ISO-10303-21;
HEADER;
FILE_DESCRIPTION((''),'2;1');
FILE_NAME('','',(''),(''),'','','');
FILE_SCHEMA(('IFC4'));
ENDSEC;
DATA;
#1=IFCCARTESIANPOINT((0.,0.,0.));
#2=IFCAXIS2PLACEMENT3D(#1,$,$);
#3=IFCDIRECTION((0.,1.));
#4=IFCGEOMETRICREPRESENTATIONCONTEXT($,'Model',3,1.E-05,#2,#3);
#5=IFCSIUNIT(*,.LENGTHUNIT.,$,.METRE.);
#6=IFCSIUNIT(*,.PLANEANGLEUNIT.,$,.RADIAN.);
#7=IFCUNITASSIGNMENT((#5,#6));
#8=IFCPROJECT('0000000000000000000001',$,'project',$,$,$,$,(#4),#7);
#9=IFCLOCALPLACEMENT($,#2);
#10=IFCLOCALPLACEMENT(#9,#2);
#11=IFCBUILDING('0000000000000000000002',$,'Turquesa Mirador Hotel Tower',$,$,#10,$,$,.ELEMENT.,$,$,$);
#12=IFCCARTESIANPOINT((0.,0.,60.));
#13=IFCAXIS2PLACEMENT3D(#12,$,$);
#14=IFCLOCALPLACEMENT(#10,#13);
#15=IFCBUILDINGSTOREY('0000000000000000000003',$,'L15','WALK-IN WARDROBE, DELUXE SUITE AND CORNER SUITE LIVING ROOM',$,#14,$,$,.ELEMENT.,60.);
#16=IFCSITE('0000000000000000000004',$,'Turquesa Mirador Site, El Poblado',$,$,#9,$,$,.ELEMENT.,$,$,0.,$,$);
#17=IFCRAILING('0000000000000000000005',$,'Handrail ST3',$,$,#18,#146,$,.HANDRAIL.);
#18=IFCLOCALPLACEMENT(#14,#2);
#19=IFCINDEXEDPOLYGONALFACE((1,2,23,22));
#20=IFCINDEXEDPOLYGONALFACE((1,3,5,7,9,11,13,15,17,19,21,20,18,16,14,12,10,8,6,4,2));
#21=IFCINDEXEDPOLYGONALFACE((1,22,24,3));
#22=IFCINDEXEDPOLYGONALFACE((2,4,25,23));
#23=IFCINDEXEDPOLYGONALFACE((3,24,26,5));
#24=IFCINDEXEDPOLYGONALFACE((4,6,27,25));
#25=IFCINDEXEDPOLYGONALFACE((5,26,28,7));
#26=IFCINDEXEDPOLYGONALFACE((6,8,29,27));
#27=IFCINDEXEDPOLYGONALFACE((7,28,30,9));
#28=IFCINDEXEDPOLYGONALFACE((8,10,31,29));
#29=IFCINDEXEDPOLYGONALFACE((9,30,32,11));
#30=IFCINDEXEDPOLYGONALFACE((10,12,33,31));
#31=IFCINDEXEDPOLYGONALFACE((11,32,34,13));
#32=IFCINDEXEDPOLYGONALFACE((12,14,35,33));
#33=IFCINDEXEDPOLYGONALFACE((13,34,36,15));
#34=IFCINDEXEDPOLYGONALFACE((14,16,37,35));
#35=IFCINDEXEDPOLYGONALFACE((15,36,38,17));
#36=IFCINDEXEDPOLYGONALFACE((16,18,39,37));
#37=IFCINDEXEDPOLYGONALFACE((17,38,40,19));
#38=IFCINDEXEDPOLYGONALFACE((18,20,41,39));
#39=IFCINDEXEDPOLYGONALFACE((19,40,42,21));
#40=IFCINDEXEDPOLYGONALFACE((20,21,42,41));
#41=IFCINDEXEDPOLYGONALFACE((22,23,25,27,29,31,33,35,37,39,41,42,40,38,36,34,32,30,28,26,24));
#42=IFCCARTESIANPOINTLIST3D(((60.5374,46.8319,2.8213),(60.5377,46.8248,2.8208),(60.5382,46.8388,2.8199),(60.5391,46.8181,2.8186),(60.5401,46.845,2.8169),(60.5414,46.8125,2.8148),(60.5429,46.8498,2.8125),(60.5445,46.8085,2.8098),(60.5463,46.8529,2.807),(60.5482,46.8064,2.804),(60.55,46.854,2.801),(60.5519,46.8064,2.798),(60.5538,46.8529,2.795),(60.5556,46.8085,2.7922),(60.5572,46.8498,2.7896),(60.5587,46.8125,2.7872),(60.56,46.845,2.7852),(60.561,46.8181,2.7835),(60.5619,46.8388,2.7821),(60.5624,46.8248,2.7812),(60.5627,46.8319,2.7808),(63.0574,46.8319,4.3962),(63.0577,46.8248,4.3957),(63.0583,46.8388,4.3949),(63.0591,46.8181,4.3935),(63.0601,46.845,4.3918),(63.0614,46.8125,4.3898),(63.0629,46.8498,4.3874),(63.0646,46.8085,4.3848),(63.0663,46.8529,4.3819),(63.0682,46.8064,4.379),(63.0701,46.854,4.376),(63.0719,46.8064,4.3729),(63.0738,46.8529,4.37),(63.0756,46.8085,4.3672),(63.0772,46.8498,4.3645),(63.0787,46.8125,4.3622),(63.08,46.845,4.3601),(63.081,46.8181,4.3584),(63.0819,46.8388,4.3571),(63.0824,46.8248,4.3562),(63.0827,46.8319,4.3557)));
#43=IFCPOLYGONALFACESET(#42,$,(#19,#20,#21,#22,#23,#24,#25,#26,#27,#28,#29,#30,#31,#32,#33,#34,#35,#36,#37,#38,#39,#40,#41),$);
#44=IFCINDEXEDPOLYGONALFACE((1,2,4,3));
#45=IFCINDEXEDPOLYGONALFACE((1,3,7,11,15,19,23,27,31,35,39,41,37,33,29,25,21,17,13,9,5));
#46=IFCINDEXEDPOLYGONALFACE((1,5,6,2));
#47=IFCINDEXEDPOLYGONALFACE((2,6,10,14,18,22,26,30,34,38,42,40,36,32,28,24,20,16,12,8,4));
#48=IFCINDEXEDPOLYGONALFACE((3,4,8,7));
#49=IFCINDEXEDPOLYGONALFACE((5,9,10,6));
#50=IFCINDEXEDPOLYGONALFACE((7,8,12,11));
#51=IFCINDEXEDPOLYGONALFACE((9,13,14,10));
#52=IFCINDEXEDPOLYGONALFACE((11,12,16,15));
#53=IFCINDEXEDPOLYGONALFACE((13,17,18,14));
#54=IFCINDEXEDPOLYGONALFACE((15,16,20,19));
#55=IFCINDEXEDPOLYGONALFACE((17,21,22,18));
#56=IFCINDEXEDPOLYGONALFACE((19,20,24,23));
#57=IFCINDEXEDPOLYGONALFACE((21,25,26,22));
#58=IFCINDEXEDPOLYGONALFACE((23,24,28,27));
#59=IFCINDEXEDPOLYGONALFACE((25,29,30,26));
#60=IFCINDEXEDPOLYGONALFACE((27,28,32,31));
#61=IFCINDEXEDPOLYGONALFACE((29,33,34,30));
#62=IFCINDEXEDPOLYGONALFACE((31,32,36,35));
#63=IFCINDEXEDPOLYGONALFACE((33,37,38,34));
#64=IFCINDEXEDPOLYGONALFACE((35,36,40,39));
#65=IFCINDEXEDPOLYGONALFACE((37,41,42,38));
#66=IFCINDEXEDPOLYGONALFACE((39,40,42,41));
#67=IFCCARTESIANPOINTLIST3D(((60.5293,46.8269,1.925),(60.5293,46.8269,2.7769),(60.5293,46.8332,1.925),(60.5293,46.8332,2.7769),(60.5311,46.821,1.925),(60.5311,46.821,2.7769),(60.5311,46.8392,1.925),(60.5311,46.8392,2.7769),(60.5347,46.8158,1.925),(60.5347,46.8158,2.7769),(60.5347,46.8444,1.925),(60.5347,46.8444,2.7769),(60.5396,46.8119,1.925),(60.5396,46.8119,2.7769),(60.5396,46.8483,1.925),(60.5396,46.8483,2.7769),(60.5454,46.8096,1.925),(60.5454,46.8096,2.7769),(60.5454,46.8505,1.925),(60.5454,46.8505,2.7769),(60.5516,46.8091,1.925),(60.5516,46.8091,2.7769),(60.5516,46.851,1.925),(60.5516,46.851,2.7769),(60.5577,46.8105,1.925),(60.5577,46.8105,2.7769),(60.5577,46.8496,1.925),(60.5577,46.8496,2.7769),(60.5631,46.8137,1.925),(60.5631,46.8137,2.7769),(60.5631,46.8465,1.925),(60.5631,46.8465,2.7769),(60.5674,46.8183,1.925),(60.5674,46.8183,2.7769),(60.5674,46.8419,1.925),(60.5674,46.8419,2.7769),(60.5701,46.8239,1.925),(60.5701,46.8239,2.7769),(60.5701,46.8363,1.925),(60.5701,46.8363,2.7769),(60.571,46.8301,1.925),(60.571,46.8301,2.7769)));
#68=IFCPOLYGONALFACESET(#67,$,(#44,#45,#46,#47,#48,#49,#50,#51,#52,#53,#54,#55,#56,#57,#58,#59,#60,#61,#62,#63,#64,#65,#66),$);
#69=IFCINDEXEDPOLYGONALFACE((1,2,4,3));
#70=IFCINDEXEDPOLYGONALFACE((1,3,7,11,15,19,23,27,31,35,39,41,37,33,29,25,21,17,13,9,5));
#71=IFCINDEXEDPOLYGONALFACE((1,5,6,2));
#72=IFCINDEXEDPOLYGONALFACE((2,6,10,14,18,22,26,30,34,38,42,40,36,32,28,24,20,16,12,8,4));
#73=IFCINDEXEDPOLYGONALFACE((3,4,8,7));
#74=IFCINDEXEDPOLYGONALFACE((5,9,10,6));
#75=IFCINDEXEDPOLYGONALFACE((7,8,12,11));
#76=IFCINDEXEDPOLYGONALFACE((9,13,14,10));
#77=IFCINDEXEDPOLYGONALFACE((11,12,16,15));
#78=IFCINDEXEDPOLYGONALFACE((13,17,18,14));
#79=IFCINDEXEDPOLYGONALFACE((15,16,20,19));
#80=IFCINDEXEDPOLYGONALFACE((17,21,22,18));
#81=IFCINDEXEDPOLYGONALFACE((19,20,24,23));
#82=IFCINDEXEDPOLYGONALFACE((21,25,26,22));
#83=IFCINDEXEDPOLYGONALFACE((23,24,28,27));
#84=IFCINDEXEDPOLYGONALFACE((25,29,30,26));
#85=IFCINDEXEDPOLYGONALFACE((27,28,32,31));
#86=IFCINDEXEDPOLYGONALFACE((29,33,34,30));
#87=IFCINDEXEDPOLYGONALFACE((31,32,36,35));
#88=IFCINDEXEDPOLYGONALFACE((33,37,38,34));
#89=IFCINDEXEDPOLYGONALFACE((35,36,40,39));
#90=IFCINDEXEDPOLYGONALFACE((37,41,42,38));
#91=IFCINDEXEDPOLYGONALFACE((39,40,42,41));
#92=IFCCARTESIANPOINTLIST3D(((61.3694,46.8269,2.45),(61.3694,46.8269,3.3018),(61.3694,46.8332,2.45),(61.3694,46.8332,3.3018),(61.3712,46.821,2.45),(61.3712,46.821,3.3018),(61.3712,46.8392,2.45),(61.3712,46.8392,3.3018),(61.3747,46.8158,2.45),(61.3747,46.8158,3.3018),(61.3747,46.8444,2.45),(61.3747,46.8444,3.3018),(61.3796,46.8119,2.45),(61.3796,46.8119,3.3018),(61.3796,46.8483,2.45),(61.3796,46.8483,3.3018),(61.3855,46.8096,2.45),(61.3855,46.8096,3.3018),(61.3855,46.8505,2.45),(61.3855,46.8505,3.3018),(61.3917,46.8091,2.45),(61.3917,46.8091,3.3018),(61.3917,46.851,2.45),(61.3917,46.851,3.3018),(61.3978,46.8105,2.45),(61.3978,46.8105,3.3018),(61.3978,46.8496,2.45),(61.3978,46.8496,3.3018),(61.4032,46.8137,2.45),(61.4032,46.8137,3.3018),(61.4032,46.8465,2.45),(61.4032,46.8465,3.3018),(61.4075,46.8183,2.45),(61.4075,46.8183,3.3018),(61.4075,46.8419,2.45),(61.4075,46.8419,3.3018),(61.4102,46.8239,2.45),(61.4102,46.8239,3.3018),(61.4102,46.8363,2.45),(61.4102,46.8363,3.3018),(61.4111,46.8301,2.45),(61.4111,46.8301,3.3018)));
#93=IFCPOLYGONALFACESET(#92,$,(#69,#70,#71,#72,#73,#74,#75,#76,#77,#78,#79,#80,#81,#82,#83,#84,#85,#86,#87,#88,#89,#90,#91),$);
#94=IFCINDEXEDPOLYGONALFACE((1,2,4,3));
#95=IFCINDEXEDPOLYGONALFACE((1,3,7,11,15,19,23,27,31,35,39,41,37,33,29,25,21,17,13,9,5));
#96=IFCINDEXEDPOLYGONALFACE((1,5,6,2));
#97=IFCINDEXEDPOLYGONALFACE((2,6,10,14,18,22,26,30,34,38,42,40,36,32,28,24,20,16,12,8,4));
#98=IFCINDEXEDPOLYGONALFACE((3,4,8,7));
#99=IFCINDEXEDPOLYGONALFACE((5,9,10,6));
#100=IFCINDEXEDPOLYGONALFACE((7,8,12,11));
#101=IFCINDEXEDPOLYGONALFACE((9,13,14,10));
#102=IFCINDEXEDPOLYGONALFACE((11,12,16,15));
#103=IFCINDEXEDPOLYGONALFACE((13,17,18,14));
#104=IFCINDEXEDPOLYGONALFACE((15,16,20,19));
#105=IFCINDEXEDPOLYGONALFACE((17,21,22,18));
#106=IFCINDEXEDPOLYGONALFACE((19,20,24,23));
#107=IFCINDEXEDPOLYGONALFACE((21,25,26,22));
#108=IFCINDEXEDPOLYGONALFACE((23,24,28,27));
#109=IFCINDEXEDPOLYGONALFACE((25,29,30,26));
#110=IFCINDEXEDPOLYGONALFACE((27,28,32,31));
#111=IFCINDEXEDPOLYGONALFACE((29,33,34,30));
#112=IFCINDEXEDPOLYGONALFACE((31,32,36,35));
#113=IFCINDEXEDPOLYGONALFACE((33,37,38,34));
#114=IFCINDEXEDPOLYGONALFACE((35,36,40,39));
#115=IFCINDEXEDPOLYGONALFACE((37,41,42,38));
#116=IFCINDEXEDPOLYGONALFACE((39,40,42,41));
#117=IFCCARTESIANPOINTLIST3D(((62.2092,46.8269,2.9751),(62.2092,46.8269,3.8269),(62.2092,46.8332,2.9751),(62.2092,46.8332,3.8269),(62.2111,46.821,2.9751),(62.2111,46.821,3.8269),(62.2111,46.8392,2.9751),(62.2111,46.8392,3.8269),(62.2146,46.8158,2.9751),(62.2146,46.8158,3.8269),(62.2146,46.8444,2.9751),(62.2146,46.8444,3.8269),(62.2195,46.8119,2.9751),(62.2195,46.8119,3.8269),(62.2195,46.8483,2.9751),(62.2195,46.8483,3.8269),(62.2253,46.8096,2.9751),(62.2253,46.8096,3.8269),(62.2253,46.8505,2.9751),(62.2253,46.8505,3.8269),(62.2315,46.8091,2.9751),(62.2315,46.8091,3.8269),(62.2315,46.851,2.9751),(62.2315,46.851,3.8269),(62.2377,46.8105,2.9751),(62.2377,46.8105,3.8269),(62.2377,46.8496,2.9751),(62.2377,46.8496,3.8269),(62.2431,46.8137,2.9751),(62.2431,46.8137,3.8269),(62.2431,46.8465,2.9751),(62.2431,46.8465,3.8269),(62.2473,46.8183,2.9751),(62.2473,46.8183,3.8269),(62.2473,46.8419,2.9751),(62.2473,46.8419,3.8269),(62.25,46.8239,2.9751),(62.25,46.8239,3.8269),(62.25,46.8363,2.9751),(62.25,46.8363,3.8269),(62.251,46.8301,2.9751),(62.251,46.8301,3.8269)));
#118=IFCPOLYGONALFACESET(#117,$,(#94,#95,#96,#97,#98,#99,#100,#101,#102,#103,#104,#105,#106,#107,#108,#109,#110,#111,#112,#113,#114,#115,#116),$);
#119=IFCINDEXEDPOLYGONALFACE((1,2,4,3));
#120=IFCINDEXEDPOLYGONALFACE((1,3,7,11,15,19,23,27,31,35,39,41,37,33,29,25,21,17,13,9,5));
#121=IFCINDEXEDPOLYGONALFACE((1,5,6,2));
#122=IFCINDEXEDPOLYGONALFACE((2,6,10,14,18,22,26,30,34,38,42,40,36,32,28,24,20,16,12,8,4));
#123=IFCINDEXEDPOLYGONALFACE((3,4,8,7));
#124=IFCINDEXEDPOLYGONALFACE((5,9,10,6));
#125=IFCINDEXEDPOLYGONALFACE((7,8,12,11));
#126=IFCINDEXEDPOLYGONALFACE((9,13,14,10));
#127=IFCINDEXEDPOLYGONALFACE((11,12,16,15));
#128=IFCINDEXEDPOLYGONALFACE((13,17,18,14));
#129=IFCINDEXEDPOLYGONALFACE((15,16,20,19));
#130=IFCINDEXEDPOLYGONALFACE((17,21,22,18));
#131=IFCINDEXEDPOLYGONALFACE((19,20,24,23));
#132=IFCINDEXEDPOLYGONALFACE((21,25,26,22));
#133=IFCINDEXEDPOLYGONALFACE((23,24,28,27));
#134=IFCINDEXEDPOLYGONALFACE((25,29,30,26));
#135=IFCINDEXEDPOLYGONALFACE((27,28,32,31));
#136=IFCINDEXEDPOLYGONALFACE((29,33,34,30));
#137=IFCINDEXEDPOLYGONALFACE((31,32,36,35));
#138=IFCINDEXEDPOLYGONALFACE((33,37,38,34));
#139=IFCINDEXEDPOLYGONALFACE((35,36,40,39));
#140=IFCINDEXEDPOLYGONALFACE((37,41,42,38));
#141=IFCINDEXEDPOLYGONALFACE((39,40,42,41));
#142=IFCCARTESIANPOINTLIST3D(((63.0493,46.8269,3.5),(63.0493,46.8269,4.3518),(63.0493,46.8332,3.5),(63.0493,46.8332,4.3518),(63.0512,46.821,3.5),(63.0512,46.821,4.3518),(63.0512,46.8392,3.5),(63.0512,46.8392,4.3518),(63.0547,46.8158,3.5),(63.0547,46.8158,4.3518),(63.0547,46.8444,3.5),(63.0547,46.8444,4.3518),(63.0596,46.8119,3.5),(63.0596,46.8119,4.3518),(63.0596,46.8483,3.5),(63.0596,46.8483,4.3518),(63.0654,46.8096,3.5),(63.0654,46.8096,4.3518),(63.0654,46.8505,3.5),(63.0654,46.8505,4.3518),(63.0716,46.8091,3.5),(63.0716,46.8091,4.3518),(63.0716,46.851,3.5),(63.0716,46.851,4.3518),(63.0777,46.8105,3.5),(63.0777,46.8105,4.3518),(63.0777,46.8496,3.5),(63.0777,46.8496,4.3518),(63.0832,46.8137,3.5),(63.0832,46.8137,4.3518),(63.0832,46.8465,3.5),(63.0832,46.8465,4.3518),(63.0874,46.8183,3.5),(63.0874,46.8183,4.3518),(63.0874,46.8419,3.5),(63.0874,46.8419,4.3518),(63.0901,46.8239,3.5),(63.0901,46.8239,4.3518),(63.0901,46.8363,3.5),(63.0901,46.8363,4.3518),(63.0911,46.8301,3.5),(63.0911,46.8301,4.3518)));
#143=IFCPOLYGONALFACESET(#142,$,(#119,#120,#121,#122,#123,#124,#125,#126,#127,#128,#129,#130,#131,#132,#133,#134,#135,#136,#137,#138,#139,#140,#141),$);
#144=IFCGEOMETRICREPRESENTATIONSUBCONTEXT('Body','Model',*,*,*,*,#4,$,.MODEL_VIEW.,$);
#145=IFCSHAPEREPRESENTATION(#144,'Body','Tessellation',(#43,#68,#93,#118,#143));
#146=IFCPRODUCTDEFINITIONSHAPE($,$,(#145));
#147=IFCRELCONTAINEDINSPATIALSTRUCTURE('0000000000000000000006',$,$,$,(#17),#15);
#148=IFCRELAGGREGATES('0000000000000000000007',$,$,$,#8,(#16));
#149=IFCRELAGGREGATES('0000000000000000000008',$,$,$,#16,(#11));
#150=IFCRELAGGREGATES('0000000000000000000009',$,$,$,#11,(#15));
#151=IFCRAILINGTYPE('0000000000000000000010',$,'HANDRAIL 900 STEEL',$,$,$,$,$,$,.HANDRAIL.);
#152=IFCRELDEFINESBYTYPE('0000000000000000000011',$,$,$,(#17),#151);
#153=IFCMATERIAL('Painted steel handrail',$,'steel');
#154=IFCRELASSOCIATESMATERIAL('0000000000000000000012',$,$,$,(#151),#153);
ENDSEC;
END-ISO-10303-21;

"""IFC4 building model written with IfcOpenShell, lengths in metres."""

from ifc_helpers import new_model, si_unit, direction, frame, origin, origin_2d, place, context, subcontext, project, spatial, circle, extrude, material, type_object, element, save


model = new_model("IFC4")

# Units and contexts
model_context = context("Model", 3, precision=1e-05, world=origin(), true_north=direction((0.0, 1.0)))
body_context = subcontext(model_context, "Body", "Model", "MODEL_VIEW")
ifc_project = project(units=[si_unit("LENGTHUNIT", "METRE"), si_unit("PLANEANGLEUNIT", "RADIAN")], contexts=[model_context])

# Site, building, storey
site_placement = place(None, origin())
site = spatial("IfcSite", under=ifc_project, at=site_placement, Name="Turquesa Mirador Site, El Poblado", CompositionType="ELEMENT", RefElevation=0.0)
building_placement = place(site_placement, origin())
building = spatial("IfcBuilding", under=site, at=building_placement, Name="Turquesa Mirador Hotel Tower", CompositionType="ELEMENT")
storey_placement = place(building_placement, frame((0.0, 0.0, 60.0)))
storey = spatial("IfcBuildingStorey", under=building, at=storey_placement, Name="L15", Description="WALK-IN WARDROBE, DELUXE SUITE AND CORNER SUITE LIVING ROOM", CompositionType="ELEMENT", Elevation=60.0)

# Railing
ifc_material_1 = material(Name="Painted steel handrail", Category="steel")
railing_type = type_object("IfcRailingType", Name="HANDRAIL 900 STEEL", PredefinedType="HANDRAIL", material=ifc_material_1)
railing_1_placement = place(storey_placement, frame((60.55, 46.8301, 1.925)))
element("IfcRailing", 1, at=railing_1_placement, inside=storey, type_object=railing_type, Name="Handrail ST3", PredefinedType="HANDRAIL", context=body_context, shape_type="SweptSolid", body=[
    extrude(circle(Radius=0.0239, at=origin_2d()), frame((0.0, 0.0, 0.876), z_axis=(0.848008, 0.0, 0.529984), x_axis=(0.0, 1.0, 0.0)), (0.0, 0.0, 1.0), 2.9717),
    extrude(circle(Radius=0.021, at=origin_2d()), origin(), (0.0, 0.0, 1.0), 0.8518),
    extrude(circle(Radius=0.021, at=origin_2d()), frame((0.8401, 0.0, 0.5249)), (0.0, 0.0, 1.0), 0.8518),
    extrude(circle(Radius=0.021, at=origin_2d()), frame((1.6799, 0.0, 1.05)), (0.0, 0.0, 1.0), 0.8518),
    extrude(circle(Radius=0.021, at=origin_2d()), frame((2.52, 0.0, 1.575)), (0.0, 0.0, 1.0), 0.8518),
])

save(model, "model.ifc")
